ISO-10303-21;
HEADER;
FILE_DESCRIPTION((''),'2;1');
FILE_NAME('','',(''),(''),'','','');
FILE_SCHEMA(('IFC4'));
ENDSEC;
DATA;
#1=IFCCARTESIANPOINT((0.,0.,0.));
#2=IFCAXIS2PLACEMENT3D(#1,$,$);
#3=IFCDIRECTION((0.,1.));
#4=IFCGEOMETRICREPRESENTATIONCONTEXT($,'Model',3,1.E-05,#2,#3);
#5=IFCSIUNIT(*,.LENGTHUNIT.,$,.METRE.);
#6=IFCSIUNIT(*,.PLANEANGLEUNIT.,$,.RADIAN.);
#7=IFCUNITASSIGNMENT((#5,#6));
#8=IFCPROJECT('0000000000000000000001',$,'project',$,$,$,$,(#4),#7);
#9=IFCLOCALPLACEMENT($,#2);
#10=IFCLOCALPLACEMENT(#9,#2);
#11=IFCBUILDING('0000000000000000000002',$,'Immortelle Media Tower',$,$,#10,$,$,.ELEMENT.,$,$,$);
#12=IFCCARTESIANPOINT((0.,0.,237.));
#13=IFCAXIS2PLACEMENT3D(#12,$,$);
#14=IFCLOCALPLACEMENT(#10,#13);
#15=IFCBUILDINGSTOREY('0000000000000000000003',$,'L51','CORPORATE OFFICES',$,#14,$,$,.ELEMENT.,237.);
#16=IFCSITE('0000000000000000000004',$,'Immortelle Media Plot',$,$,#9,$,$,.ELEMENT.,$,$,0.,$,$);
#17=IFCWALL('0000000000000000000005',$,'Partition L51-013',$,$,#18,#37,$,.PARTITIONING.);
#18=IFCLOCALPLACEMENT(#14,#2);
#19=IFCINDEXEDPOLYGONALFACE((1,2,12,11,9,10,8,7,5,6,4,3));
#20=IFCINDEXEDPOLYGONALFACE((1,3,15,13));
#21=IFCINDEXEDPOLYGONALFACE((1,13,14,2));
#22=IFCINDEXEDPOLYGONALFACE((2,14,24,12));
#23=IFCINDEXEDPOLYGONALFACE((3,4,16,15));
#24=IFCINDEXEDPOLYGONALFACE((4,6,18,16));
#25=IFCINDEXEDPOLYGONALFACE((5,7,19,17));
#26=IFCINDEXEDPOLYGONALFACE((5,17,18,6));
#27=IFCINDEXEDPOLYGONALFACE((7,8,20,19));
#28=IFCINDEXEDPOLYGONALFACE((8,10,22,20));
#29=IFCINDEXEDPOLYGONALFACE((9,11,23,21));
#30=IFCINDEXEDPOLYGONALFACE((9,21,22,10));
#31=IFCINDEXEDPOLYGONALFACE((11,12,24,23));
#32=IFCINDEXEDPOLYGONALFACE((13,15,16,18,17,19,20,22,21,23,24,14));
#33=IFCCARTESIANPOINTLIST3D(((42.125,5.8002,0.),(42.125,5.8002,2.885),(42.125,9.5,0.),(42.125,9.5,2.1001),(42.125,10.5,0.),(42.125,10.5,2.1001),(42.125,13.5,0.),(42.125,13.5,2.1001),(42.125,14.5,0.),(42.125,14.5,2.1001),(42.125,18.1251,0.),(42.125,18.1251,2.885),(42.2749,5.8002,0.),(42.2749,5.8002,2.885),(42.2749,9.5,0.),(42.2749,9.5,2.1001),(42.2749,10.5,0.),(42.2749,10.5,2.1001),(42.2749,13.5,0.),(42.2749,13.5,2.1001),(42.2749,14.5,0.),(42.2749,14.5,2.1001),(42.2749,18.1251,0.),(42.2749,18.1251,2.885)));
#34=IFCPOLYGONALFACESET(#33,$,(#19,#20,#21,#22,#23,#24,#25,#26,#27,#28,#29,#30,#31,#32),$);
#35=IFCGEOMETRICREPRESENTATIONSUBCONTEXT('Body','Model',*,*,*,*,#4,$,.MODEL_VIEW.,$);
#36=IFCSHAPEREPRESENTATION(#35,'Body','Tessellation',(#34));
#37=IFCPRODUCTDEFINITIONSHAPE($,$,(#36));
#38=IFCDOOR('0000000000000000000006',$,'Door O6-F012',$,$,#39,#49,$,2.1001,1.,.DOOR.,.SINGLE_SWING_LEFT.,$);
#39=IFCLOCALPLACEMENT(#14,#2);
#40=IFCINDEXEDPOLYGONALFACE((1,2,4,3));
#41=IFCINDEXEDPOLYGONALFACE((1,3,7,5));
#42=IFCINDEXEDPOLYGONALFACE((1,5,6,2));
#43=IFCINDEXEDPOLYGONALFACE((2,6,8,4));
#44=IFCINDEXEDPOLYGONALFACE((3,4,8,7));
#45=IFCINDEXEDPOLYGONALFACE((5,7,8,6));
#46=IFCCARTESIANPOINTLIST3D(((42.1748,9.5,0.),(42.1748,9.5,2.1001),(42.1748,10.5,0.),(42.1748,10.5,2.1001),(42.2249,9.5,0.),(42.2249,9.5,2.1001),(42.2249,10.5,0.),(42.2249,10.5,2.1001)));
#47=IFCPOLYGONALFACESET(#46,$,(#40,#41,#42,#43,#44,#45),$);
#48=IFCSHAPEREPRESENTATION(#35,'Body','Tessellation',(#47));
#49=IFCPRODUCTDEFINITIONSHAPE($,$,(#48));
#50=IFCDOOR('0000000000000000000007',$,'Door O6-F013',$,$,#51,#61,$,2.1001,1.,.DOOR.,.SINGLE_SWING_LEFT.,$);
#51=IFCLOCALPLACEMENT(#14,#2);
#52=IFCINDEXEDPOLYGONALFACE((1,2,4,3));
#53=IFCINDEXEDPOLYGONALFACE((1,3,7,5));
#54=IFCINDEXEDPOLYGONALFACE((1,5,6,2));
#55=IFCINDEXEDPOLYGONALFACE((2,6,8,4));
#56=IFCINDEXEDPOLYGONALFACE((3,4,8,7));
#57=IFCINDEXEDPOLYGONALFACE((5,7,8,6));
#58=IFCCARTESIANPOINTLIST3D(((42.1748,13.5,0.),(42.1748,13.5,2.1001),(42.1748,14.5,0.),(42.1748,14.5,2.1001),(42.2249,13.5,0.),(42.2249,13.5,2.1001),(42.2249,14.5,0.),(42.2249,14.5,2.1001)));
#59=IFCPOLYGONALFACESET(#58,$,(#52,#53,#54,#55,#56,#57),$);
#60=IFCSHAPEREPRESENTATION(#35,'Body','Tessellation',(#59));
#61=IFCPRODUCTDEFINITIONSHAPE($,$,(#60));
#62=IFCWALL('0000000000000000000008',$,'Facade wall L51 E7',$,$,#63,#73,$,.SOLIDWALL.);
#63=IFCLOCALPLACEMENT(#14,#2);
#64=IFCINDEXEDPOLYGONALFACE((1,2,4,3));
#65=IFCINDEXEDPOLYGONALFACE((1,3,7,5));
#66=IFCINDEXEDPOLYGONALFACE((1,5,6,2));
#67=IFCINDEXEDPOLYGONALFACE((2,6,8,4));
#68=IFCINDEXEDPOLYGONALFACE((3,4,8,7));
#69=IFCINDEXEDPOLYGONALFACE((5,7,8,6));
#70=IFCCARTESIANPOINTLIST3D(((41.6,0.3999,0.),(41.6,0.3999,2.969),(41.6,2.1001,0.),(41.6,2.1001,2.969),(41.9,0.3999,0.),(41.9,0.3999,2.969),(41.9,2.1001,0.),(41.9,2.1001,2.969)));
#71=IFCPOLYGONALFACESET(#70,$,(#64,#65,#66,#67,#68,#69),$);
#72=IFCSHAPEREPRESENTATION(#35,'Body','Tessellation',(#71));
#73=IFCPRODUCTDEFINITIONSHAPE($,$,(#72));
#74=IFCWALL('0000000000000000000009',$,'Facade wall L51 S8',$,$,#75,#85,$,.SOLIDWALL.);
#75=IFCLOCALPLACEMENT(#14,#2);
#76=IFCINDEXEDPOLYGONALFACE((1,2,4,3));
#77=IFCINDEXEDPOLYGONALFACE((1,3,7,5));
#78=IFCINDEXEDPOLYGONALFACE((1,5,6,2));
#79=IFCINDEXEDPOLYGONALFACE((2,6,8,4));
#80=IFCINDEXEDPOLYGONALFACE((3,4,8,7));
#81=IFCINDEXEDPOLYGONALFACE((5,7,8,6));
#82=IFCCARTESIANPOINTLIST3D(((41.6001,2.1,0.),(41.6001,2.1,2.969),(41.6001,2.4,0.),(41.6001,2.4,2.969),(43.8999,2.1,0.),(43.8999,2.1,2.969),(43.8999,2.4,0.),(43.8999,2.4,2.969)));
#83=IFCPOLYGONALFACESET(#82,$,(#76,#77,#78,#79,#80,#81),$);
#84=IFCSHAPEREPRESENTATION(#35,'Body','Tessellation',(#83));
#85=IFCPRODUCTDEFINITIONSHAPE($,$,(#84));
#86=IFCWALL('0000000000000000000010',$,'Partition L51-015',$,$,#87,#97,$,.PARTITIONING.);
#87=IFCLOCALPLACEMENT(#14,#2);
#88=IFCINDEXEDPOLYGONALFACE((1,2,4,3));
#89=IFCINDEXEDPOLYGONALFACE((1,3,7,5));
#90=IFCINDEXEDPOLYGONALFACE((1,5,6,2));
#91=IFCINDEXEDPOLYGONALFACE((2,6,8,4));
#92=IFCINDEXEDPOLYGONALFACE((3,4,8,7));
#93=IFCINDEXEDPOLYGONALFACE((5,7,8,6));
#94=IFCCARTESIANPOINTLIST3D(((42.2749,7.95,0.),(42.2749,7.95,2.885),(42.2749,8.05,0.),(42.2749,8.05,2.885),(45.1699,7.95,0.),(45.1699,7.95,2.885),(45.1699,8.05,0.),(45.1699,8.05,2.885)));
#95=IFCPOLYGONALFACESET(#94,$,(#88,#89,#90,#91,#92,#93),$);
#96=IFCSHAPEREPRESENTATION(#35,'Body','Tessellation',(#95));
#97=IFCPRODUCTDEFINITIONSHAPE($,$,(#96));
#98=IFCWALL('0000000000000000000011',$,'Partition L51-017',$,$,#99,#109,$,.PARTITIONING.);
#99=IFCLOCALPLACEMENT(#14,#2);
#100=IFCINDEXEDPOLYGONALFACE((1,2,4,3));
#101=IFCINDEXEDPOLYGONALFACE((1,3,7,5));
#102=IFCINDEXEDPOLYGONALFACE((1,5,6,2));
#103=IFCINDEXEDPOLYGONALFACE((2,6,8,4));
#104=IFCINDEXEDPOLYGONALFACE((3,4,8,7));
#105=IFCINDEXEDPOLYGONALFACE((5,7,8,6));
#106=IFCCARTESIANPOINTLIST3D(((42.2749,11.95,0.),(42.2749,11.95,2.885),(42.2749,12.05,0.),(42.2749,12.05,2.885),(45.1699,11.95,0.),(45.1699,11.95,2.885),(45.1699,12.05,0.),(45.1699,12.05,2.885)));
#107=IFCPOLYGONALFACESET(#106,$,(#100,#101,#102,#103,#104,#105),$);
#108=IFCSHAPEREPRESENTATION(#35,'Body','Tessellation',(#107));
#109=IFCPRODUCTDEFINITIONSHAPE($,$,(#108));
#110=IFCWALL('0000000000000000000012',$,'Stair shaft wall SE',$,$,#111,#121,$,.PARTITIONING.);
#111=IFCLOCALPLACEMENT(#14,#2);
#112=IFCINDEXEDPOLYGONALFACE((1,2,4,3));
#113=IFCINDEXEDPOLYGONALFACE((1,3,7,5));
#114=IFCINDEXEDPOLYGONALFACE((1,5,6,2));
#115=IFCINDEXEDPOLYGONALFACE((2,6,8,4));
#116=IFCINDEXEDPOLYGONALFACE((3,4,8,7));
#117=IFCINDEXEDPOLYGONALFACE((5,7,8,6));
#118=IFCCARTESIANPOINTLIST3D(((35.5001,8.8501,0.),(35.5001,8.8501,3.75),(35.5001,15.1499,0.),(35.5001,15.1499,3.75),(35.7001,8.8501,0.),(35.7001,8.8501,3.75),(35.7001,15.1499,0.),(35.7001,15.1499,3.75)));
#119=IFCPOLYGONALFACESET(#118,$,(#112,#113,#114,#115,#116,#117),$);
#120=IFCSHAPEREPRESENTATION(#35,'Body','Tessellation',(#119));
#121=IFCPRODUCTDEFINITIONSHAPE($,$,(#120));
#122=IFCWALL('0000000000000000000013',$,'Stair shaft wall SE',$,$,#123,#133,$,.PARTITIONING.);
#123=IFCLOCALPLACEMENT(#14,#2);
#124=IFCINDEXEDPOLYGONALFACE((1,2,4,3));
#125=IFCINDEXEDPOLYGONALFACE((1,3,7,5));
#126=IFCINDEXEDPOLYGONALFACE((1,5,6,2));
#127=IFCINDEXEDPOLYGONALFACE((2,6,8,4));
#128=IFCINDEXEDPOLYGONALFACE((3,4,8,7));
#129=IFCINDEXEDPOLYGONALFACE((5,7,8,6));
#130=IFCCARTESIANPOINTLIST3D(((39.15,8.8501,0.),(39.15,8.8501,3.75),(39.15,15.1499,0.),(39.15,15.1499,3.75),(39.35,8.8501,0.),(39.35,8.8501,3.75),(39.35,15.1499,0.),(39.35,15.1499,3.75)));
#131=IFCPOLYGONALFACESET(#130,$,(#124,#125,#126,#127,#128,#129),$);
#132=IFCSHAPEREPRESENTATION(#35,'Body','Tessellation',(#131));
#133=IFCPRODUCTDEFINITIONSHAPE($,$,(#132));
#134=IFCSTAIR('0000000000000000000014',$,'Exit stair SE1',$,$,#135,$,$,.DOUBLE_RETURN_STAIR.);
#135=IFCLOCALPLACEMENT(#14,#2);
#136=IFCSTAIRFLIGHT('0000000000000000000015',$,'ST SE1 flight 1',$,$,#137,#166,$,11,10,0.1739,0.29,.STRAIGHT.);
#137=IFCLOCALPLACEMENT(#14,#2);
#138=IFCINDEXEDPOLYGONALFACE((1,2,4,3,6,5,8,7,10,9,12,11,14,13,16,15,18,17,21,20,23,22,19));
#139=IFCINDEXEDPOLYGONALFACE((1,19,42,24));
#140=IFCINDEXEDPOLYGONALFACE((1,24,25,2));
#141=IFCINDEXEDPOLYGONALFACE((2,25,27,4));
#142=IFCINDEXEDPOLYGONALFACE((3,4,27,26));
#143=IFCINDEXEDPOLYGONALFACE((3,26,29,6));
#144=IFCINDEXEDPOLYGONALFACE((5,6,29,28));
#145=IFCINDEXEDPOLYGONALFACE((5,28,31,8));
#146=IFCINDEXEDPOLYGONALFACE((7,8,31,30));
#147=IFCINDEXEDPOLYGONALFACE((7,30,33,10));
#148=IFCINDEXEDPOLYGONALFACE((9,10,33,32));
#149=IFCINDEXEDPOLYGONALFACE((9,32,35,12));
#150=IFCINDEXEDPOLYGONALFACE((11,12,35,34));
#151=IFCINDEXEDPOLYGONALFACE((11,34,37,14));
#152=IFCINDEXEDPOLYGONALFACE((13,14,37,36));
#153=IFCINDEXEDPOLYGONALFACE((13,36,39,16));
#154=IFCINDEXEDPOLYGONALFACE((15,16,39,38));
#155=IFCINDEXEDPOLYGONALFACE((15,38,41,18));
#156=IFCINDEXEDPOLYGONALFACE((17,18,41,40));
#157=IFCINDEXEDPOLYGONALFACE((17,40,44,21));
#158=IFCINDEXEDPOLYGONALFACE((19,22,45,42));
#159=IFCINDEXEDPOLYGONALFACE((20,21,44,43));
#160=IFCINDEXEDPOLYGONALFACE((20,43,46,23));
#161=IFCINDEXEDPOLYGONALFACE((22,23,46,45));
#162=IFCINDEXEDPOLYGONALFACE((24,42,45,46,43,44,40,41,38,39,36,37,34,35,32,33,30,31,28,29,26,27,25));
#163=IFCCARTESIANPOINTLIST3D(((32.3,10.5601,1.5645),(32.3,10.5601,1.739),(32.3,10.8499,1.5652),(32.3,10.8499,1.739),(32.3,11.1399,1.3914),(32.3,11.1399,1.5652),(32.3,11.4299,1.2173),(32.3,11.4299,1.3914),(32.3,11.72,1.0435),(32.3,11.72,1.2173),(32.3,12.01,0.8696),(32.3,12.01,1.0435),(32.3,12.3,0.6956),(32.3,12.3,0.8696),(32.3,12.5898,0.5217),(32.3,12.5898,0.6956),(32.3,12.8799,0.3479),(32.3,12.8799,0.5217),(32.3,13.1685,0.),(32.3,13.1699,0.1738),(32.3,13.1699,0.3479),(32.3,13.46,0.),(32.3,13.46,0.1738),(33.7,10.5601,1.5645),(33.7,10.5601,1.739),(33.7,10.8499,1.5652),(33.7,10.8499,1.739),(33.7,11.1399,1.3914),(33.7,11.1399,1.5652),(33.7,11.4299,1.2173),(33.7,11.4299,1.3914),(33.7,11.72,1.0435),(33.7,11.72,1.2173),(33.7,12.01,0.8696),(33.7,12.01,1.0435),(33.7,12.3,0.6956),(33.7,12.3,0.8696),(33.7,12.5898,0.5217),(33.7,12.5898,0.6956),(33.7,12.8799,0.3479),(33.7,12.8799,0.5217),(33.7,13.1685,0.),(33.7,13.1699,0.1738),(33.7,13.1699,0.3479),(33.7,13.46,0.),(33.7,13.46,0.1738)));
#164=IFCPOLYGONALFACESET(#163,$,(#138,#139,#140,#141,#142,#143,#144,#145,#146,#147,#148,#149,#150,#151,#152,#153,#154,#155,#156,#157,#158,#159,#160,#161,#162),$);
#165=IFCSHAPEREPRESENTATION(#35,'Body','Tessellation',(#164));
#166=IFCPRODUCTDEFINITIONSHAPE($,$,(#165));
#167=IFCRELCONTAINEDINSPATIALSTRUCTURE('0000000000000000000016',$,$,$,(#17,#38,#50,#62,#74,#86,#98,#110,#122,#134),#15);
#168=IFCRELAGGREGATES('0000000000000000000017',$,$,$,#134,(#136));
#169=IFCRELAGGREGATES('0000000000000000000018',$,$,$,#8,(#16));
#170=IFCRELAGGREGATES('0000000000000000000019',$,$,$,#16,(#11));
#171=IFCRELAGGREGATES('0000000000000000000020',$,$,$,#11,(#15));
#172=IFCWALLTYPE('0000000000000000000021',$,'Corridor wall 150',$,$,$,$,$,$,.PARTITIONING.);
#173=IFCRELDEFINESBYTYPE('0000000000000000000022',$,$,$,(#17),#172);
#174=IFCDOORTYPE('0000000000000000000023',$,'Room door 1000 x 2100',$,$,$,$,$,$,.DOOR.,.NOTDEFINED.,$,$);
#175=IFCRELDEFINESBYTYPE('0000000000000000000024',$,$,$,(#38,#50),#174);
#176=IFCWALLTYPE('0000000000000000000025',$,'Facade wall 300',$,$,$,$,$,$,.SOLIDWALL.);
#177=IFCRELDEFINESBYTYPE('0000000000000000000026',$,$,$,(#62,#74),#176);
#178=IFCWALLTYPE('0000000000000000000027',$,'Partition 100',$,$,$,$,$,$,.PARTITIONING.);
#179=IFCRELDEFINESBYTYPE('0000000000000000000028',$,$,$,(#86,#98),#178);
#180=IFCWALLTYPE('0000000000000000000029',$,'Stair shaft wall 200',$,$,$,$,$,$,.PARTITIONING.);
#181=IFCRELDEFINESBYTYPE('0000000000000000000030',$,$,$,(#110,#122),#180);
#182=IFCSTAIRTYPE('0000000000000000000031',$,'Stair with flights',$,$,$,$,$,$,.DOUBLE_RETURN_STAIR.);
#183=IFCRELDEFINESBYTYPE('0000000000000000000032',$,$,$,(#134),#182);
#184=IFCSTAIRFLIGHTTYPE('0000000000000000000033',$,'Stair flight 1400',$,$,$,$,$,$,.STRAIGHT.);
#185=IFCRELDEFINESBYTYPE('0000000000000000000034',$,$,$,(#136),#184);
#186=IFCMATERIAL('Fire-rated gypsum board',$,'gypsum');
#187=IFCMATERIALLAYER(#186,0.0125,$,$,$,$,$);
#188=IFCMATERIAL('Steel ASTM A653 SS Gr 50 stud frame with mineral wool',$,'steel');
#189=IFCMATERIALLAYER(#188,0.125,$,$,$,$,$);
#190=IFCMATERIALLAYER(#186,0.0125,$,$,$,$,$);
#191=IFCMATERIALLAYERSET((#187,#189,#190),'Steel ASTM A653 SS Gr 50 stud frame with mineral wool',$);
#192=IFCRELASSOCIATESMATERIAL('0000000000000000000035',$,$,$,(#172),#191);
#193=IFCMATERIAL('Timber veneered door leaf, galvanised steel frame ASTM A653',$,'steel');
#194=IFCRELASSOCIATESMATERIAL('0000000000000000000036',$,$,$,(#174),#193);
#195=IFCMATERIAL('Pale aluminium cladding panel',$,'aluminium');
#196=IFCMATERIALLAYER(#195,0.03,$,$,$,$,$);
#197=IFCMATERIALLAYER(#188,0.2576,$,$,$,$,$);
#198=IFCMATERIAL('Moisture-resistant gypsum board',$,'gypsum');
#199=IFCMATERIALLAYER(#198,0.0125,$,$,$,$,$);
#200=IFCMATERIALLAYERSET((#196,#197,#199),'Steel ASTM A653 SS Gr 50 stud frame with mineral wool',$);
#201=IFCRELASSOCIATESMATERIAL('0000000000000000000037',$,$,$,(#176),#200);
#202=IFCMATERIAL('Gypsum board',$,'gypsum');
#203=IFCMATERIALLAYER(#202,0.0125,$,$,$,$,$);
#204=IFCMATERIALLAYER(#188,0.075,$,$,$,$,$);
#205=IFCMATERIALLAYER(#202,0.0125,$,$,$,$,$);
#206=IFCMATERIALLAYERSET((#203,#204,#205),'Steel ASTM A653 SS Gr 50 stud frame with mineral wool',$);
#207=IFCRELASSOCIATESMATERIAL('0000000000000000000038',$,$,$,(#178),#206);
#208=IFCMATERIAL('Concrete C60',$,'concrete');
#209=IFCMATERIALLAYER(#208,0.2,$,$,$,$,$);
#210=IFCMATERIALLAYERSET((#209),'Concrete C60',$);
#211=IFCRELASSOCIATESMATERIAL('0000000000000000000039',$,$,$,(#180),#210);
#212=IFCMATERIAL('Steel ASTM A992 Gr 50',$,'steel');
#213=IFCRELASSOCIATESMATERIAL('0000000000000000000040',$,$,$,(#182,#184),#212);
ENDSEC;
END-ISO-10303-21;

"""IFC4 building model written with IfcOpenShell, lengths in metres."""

from ifc_helpers import new_model, si_unit, direction, frame, frame_2d, origin, place, context, subcontext, project, spatial, polyline, rectangle, outline, extrude, material, layer, layer_set, type_object, element, fill, aggregate, save


model = new_model("IFC4")

# Units and contexts
model_context = context("Model", 3, precision=1e-05, world=origin(), true_north=direction((0.0, 1.0)))
body_context = subcontext(model_context, "Body", "Model", "MODEL_VIEW")
ifc_project = project(units=[si_unit("LENGTHUNIT", "METRE"), si_unit("PLANEANGLEUNIT", "RADIAN")], contexts=[model_context])

# Site, building, storey
site_placement = place(None, origin())
site = spatial("IfcSite", under=ifc_project, at=site_placement, Name="Immortelle Media Plot", CompositionType="ELEMENT", RefElevation=0.0)
building_placement = place(site_placement, origin())
building = spatial("IfcBuilding", under=site, at=building_placement, Name="Immortelle Media Tower", CompositionType="ELEMENT")
storey_placement = place(building_placement, frame((0.0, 0.0, 237.0)))
storey = spatial("IfcBuildingStorey", under=building, at=storey_placement, Name="L51", Description="CORPORATE OFFICES", CompositionType="ELEMENT", Elevation=237.0)

# Shared definitions
ifc_material_1 = material(Name="Steel ASTM A992 Gr 50", Category="steel")

# Wall, openings, doors
ifc_material_2 = material(Name="Fire-rated gypsum board", Category="gypsum")
ifc_layer_1 = layer(ifc_material_2, 0.0125)
ifc_material_3 = material(Name="Steel ASTM A653 SS Gr 50 stud frame with mineral wool", Category="steel")
ifc_layer_2 = layer(ifc_material_3, 0.125)
ifc_layer_3 = layer(ifc_material_2, 0.0125)
ifc_layer_set_1 = layer_set([ifc_layer_1, ifc_layer_2, ifc_layer_3], Name="Steel ASTM A653 SS Gr 50 stud frame with mineral wool")
wall_type_1 = type_object("IfcWallType", Name="Corridor wall 150", PredefinedType="PARTITIONING", material=ifc_layer_set_1)
wall_1_placement = place(storey_placement, frame((42.2, 5.8, 0.0), z_axis=(0.0, 0.0, 1.0), x_axis=(0.0, 1.0, 0.0)))
wall_1 = element("IfcWall", 1, at=wall_1_placement, inside=storey, type_object=wall_type_1, Name="Partition L51-013", PredefinedType="PARTITIONING", context=body_context, shape_type="SweptSolid", body=[
    extrude(rectangle(XDim=12.325, YDim=0.1499, at=frame_2d((6.1626, 0.0))), origin(), (0.0, 0.0, 1.0), 2.885),
])
opening_1_placement = place(wall_1_placement, frame((4.7, 0.0, 0.0), z_axis=(0.0, 0.0, 1.0), x_axis=(-1.0, 0.0, 0.0)))
opening_1 = element("IfcOpeningElement", 2, at=opening_1_placement, cuts=wall_1, PredefinedType="OPENING", context=body_context, shape_type="SweptSolid", body=[
    extrude(rectangle(XDim=1.0, YDim=2.1001, at=frame_2d((0.5, 1.05))), frame((0.0, 0.085, 0.0), z_axis=(0.0, -1.0, 0.0), x_axis=(1.0, 0.0, 0.0)), (0.0, 0.0, 1.0), 0.1699),
])
opening_2_placement = place(wall_1_placement, frame((8.7, 0.0, 0.0), z_axis=(0.0, 0.0, 1.0), x_axis=(-1.0, 0.0, 0.0)))
opening_2 = element("IfcOpeningElement", 3, at=opening_2_placement, cuts=wall_1, PredefinedType="OPENING", context=body_context, shape_type="SweptSolid", body=[
    extrude(rectangle(XDim=1.0, YDim=2.1001, at=frame_2d((0.5, 1.05))), frame((0.0, 0.085, 0.0), z_axis=(0.0, -1.0, 0.0), x_axis=(1.0, 0.0, 0.0)), (0.0, 0.0, 1.0), 0.1699),
])
ifc_material_4 = material(Name="Timber veneered door leaf, galvanised steel frame ASTM A653", Category="steel")
door_type = type_object("IfcDoorType", Name="Room door 1000 x 2100", OperationType="NOTDEFINED", PredefinedType="DOOR", material=ifc_material_4)
door_1_placement = place(opening_1_placement, origin())
door_1 = element("IfcDoor", 4, at=door_1_placement, inside=storey, type_object=door_type, Name="Door O6-F012", OperationType="SINGLE_SWING_LEFT", OverallHeight=2.1001, OverallWidth=1.0, PredefinedType="DOOR", context=body_context, shape_type="SweptSolid", body=[
    extrude(rectangle(XDim=1.0, YDim=2.1001, at=frame_2d((0.5, 1.05))), frame((0.0, 0.0249, 0.0), z_axis=(0.0, -1.0, 0.0), x_axis=(1.0, 0.0, 0.0)), (0.0, 0.0, 1.0), 0.05),
])
fill(opening_1, door_1)
door_2_placement = place(opening_2_placement, origin())
door_2 = element("IfcDoor", 5, at=door_2_placement, inside=storey, type_object=door_type, Name="Door O6-F013", OperationType="SINGLE_SWING_LEFT", OverallHeight=2.1001, OverallWidth=1.0, PredefinedType="DOOR", context=body_context, shape_type="SweptSolid", body=[
    extrude(rectangle(XDim=1.0, YDim=2.1001, at=frame_2d((0.5, 1.05))), frame((0.0, 0.0249, 0.0), z_axis=(0.0, -1.0, 0.0), x_axis=(1.0, 0.0, 0.0)), (0.0, 0.0, 1.0), 0.05),
])
fill(opening_2, door_2)

# Walls
ifc_material_5 = material(Name="Pale aluminium cladding panel", Category="aluminium")
ifc_layer_4 = layer(ifc_material_5, 0.03)
ifc_layer_5 = layer(ifc_material_3, 0.2576)
ifc_material_6 = material(Name="Moisture-resistant gypsum board", Category="gypsum")
ifc_layer_6 = layer(ifc_material_6, 0.0125)
ifc_layer_set_2 = layer_set([ifc_layer_4, ifc_layer_5, ifc_layer_6], Name="Steel ASTM A653 SS Gr 50 stud frame with mineral wool")
wall_type_2 = type_object("IfcWallType", Name="Facade wall 300", PredefinedType="SOLIDWALL", material=ifc_layer_set_2)
wall_2_placement = place(storey_placement, frame((41.75, 0.3999, 0.0), z_axis=(0.0, 0.0, 1.0), x_axis=(0.0, 1.0, 0.0)))
element("IfcWall", 6, at=wall_2_placement, inside=storey, type_object=wall_type_2, Name="Facade wall L51 E7", PredefinedType="SOLIDWALL", context=body_context, shape_type="SweptSolid", body=[
    extrude(rectangle(XDim=1.7002, YDim=0.3, at=frame_2d((0.8501, 0.0))), origin(), (0.0, 0.0, 1.0), 2.969),
])
wall_3_placement = place(storey_placement, frame((41.6001, 2.25, 0.0), z_axis=(0.0, 0.0, 1.0), x_axis=(1.0, 0.0, 0.0)))
element("IfcWall", 7, at=wall_3_placement, inside=storey, type_object=wall_type_2, Name="Facade wall L51 S8", PredefinedType="SOLIDWALL", context=body_context, shape_type="SweptSolid", body=[
    extrude(rectangle(XDim=2.2998, YDim=0.3, at=frame_2d((1.1499, 0.0))), origin(), (0.0, 0.0, 1.0), 2.969),
])
ifc_material_7 = material(Name="Gypsum board", Category="gypsum")
ifc_layer_7 = layer(ifc_material_7, 0.0125)
ifc_layer_8 = layer(ifc_material_3, 0.075)
ifc_layer_9 = layer(ifc_material_7, 0.0125)
ifc_layer_set_3 = layer_set([ifc_layer_7, ifc_layer_8, ifc_layer_9], Name="Steel ASTM A653 SS Gr 50 stud frame with mineral wool")
wall_type_3 = type_object("IfcWallType", Name="Partition 100", PredefinedType="PARTITIONING", material=ifc_layer_set_3)
for number, where, z_axis, x_axis, name in (
    (8, (42.2749, 8.0, 0.0), (0.0, 0.0, 1.0), (1.0, 0.0, 0.0), "Partition L51-015"),
    (9, (42.2749, 12.0, 0.0), (0.0, 0.0, 1.0), (1.0, 0.0, 0.0), "Partition L51-017"),
):
    element("IfcWall", number, at=place(storey_placement, frame(where, z_axis=z_axis, x_axis=x_axis)), inside=storey, type_object=wall_type_3, Name=name, PredefinedType="PARTITIONING", context=body_context, shape_type="SweptSolid", body=[
        extrude(rectangle(XDim=2.895, YDim=0.1001, at=frame_2d((1.4475, 0.0))), origin(), (0.0, 0.0, 1.0), 2.885),
    ])
ifc_material_8 = material(Name="Concrete C60", Category="concrete")
ifc_layer_10 = layer(ifc_material_8, 0.2)
ifc_layer_set_4 = layer_set([ifc_layer_10], Name="Concrete C60")
wall_type_4 = type_object("IfcWallType", Name="Stair shaft wall 200", PredefinedType="PARTITIONING", material=ifc_layer_set_4)
for number, where, z_axis, x_axis, name in (
    (10, (35.6001, 8.8501, 0.0), (0.0, 0.0, 1.0), (0.0, 1.0, 0.0), "Stair shaft wall SE"),
    (11, (39.25, 8.8501, 0.0), (0.0, 0.0, 1.0), (0.0, 1.0, 0.0), "Stair shaft wall SE"),
):
    element("IfcWall", number, at=place(storey_placement, frame(where, z_axis=z_axis, x_axis=x_axis)), inside=storey, type_object=wall_type_4, Name=name, PredefinedType="PARTITIONING", context=body_context, shape_type="SweptSolid", body=[
        extrude(rectangle(XDim=6.2998, YDim=0.2, at=frame_2d((3.1499, 0.0))), origin(), (0.0, 0.0, 1.0), 3.75),
    ])

# Stair, stair flight
stair_type = type_object("IfcStairType", Name="Stair with flights", PredefinedType="DOUBLE_RETURN_STAIR", material=ifc_material_1)
stair_1_placement = place(storey_placement, origin())
stair_1 = element("IfcStair", 12, at=stair_1_placement, inside=storey, type_object=stair_type, Name="Exit stair SE1", PredefinedType="DOUBLE_RETURN_STAIR")
stair_flight_type = type_object("IfcStairFlightType", Name="Stair flight 1400", PredefinedType="STRAIGHT", material=ifc_material_1)
stair_flight_1_placement = place(storey_placement, frame((33.0, 13.46, 0.0), z_axis=(0.0, 0.0, 1.0), x_axis=(0.0, -1.0, 0.0)))
stair_flight_1 = element("IfcStairFlight", 13, at=stair_flight_1_placement, type_object=stair_flight_type, Name="ST SE1 flight 1", NumberOfRisers=11, NumberOfTreads=10, PredefinedType="STRAIGHT", RiserHeight=0.1739, TreadLength=0.29, context=body_context, shape_type="SweptSolid", body=[
    extrude(outline(polyline([(0.0, 0.0), (0.0, 0.1738), (0.29, 0.1738), (0.29, 0.3479), (0.5801, 0.3479), (0.5801, 0.5217), (0.8701, 0.5217), (0.8701, 0.6956), (1.1599, 0.6956), (1.1599, 0.8696), (1.45, 0.8696), (1.45, 1.0435), (1.74, 1.0435), (1.74, 1.2173), (2.03, 1.2173), (2.03, 1.3914), (2.3201, 1.3914), (2.3201, 1.5652), (2.6101, 1.5652), (2.6101, 1.739), (2.8999, 1.739), (2.8999, 1.9131), (2.8999, 1.5645), (0.2915, 0.0), (0.0, 0.0)])), frame((0.0, 0.7, 0.0), z_axis=(0.0, -1.0, 0.0), x_axis=(1.0, 0.0, 0.0)), (0.0, 0.0, 1.0), 1.3999),
])
aggregate(stair_1, [stair_flight_1])

save(model, "model.ifc")
